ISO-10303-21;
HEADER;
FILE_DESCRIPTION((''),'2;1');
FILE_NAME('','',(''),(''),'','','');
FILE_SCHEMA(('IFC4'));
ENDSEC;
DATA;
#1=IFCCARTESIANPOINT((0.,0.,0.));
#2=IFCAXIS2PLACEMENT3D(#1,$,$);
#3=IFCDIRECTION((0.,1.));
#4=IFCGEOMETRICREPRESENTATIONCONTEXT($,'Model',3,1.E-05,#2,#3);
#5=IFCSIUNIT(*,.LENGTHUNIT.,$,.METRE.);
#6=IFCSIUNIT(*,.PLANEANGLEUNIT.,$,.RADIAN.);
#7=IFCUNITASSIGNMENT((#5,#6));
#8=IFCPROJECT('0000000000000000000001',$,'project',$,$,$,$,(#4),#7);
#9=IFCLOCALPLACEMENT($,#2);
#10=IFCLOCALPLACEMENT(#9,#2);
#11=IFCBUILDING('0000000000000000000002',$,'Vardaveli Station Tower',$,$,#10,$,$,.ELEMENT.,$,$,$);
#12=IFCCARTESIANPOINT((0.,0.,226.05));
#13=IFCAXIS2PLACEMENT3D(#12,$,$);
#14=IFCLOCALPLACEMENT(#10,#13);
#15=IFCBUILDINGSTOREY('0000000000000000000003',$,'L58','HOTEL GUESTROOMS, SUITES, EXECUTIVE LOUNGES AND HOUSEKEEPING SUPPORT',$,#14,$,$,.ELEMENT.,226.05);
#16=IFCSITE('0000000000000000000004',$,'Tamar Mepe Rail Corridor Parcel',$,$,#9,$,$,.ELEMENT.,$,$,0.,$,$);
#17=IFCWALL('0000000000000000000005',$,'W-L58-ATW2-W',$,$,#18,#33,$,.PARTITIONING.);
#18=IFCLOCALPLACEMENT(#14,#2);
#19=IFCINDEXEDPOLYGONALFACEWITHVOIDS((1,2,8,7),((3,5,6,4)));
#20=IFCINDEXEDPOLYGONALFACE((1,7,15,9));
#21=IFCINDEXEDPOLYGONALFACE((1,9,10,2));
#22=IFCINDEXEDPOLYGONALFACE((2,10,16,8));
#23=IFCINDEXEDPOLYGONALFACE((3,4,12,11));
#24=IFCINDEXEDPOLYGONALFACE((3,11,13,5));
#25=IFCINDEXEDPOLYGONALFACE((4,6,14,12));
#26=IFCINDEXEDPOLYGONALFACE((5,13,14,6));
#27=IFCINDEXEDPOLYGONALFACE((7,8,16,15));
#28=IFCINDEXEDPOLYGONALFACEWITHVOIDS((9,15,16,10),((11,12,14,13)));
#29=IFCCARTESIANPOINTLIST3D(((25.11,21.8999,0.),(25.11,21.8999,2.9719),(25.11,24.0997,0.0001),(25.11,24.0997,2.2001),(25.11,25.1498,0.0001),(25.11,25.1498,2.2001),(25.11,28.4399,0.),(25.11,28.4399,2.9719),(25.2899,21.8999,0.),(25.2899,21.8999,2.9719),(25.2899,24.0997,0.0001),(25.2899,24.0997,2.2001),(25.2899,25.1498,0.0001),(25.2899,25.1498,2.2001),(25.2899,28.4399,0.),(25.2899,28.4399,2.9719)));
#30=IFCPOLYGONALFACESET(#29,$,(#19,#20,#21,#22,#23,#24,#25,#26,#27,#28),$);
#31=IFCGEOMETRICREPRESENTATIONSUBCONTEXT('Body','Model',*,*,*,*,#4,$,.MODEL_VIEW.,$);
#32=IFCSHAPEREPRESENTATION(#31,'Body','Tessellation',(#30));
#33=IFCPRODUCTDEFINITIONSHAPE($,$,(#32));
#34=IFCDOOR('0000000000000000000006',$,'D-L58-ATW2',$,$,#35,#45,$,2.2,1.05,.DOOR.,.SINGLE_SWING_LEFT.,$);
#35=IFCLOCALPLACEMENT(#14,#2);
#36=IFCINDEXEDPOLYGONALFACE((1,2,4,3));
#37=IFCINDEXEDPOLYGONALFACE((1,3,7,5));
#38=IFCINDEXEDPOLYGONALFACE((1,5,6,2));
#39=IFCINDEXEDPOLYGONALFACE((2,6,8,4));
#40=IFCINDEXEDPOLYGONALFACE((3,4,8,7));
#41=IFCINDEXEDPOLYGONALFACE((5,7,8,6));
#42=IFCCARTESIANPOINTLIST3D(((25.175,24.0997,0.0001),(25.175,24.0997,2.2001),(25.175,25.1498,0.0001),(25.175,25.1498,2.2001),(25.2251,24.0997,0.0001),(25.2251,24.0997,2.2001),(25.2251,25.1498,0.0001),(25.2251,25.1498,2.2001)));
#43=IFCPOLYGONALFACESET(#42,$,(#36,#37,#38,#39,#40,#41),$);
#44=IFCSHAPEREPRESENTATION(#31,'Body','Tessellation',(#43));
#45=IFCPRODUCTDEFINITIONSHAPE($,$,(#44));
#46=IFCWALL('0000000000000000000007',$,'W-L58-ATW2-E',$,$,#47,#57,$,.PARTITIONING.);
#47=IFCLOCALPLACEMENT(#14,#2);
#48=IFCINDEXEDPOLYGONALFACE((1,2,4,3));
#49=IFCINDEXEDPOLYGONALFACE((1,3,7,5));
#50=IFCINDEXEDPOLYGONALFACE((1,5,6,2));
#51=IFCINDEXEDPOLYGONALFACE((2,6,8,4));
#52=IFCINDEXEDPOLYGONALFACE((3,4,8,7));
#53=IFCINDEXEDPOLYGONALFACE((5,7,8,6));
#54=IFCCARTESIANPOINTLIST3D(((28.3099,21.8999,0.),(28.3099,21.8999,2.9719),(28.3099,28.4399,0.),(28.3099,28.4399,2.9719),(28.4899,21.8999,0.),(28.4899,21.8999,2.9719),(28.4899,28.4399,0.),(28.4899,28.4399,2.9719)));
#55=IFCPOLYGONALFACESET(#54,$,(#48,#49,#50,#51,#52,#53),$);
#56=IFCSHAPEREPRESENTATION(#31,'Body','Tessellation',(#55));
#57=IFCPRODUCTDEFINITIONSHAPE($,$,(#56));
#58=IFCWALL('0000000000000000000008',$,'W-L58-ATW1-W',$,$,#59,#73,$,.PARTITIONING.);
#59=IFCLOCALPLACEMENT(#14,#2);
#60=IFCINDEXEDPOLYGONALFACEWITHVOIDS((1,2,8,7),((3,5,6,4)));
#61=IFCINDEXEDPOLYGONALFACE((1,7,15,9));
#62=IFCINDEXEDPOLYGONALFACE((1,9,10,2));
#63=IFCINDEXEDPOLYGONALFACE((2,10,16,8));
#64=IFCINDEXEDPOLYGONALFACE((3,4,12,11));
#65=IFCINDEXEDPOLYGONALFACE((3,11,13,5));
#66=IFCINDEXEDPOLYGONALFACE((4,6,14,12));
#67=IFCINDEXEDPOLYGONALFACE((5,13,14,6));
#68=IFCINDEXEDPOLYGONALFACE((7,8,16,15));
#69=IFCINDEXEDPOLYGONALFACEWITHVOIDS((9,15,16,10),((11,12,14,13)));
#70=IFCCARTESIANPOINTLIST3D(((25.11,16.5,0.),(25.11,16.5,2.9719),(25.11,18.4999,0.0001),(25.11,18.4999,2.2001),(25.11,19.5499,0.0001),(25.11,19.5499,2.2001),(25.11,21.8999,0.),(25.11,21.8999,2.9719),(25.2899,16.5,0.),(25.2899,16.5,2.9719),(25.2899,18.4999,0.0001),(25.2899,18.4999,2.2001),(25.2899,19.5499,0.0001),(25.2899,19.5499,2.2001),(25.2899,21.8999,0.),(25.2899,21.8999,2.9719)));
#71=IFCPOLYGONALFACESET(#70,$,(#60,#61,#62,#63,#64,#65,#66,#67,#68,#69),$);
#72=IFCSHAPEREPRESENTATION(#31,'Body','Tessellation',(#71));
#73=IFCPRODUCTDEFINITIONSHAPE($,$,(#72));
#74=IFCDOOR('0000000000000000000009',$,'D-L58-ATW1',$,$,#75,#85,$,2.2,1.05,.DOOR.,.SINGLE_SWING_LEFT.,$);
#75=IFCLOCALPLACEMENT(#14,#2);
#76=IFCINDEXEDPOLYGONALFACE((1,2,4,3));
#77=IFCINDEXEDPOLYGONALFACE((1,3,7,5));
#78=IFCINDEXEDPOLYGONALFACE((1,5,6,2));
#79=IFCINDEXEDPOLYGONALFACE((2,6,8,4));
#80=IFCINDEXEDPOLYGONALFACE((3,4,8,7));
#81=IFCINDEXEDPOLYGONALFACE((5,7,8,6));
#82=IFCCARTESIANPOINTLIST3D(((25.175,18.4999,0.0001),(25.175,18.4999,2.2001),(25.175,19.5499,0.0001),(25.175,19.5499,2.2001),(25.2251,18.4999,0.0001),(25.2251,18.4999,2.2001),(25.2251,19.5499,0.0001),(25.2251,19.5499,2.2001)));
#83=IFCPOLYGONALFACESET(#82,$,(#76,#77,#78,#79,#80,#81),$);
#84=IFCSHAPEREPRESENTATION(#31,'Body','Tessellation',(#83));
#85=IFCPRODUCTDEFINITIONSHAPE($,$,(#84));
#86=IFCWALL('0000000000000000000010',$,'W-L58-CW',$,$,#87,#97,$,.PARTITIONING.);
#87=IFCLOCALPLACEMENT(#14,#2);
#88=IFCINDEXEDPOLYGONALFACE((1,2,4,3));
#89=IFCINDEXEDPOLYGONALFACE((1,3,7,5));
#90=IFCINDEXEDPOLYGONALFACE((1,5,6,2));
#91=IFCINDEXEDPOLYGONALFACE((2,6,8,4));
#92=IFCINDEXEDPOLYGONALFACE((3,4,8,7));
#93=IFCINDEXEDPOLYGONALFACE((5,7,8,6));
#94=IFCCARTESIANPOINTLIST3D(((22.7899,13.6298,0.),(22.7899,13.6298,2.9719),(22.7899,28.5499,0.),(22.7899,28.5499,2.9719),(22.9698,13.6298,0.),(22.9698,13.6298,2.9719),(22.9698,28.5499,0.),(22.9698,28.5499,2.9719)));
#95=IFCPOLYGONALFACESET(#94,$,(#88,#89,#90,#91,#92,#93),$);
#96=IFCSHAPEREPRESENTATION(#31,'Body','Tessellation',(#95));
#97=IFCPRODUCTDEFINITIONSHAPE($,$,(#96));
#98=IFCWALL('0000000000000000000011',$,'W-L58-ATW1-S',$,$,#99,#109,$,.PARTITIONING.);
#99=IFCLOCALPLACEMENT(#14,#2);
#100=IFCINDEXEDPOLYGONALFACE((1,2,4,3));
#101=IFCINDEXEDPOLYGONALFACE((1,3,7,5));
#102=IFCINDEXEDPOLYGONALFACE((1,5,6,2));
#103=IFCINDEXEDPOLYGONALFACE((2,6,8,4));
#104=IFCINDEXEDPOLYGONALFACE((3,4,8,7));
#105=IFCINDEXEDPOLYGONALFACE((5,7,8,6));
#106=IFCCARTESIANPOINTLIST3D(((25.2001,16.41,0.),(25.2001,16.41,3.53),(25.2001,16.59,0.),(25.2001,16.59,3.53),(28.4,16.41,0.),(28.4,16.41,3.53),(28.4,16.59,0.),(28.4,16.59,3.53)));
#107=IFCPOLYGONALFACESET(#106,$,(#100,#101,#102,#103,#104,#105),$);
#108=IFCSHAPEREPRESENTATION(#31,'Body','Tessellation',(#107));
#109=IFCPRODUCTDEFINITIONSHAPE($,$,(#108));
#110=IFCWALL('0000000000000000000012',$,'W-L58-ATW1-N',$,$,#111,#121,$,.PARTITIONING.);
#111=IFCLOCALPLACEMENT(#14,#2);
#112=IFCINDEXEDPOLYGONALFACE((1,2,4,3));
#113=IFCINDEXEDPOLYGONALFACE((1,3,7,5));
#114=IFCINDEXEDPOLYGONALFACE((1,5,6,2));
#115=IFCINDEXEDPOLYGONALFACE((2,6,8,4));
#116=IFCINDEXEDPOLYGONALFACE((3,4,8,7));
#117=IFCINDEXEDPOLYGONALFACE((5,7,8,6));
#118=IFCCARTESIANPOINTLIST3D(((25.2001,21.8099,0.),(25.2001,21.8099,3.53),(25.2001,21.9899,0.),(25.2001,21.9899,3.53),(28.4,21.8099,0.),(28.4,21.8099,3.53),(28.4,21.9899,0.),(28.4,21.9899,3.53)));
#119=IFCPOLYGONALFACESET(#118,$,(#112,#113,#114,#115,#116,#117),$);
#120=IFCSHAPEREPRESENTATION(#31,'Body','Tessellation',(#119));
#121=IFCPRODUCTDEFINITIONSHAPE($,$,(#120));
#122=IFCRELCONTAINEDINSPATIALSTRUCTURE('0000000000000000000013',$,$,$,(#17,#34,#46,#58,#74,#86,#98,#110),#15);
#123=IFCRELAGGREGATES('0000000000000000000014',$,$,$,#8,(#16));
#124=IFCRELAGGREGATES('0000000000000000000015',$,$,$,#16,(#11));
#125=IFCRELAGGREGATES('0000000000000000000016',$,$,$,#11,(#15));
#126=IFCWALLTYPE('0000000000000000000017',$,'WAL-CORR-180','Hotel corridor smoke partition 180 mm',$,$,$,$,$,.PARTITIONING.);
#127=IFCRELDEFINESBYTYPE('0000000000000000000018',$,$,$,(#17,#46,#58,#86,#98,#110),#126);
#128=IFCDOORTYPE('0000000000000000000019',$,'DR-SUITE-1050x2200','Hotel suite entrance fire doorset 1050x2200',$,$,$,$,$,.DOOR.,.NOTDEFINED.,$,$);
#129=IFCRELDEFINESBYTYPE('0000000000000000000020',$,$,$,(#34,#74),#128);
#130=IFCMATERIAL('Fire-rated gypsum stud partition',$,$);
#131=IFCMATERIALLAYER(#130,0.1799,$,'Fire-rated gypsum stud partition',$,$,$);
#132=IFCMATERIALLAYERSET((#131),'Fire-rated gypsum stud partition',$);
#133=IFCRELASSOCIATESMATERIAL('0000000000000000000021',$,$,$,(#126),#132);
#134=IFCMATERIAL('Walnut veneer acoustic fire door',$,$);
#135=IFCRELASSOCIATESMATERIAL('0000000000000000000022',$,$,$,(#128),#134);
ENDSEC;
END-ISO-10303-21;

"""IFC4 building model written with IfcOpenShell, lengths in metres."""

from ifc_helpers import new_model, si_unit, direction, frame, frame_2d, origin, place, context, subcontext, project, spatial, rectangle, extrude, source, transform, mapped, material, layer, layer_set, type_object, element, fill, save


model = new_model("IFC4")

# Units and contexts
model_context = context("Model", 3, precision=1e-05, world=origin(), true_north=direction((0.0, 1.0)))
body_context = subcontext(model_context, "Body", "Model", "MODEL_VIEW")
ifc_project = project(units=[si_unit("LENGTHUNIT", "METRE"), si_unit("PLANEANGLEUNIT", "RADIAN")], contexts=[model_context])

# Site, building, storey
site_placement = place(None, origin())
site = spatial("IfcSite", under=ifc_project, at=site_placement, Name="Tamar Mepe Rail Corridor Parcel", CompositionType="ELEMENT", RefElevation=0.0)
building_placement = place(site_placement, origin())
building = spatial("IfcBuilding", under=site, at=building_placement, Name="Vardaveli Station Tower", CompositionType="ELEMENT")
storey_placement = place(building_placement, frame((0.0, 0.0, 226.05)))
storey = spatial("IfcBuildingStorey", under=building, at=storey_placement, Name="L58", Description="HOTEL GUESTROOMS, SUITES, EXECUTIVE LOUNGES AND HOUSEKEEPING SUPPORT", CompositionType="ELEMENT", Elevation=226.05)

# Wall, opening, door
ifc_material_1 = material(Name="Fire-rated gypsum stud partition")
ifc_layer_1 = layer(ifc_material_1, 0.1799, Name="Fire-rated gypsum stud partition")
ifc_layer_set_1 = layer_set([ifc_layer_1], Name="Fire-rated gypsum stud partition")
wall_type_1 = type_object("IfcWallType", Name="WAL-CORR-180", Description="Hotel corridor smoke partition 180 mm", PredefinedType="PARTITIONING", material=ifc_layer_set_1)
shared_shape_1 = source(origin(), body_context, "Body", "SweptSolid", [
    extrude(rectangle(XDim=6.54, YDim=0.1799, at=frame_2d((3.27, 0.0))), origin(), (0.0, 0.0, 1.0), 2.9719),
])
wall_1_placement = place(storey_placement, frame((25.2, 21.8999, 0.0), z_axis=(0.0, 0.0, 1.0), x_axis=(0.0, 1.0, 0.0)))
wall_1 = element("IfcWall", 1, at=wall_1_placement, inside=storey, type_object=wall_type_1, Name="W-L58-ATW2-W", PredefinedType="PARTITIONING", context=body_context, shape_type="MappedRepresentation", body=[
    mapped(shared_shape_1, transform((0.0, 0.0, 0.0), scale=1.0)),
])
shared_shape_2 = source(origin(), body_context, "Body", "SweptSolid", [
    extrude(rectangle(XDim=1.05, YDim=2.2, at=frame_2d((0.5249, 1.1001))), frame((0.0, 0.1001, 0.0), z_axis=(0.0, -1.0, 0.0), x_axis=(1.0, 0.0, 0.0)), (0.0, 0.0, 1.0), 0.2),
])
opening_1_placement = place(wall_1_placement, frame((2.2, 0.0, 0.0)))
opening_1 = element("IfcOpeningElement", 2, at=opening_1_placement, cuts=wall_1, PredefinedType="OPENING", context=body_context, shape_type="MappedRepresentation", body=[
    mapped(shared_shape_2, transform((0.0, 0.0, 0.0), scale=1.0)),
])
ifc_material_2 = material(Name="Walnut veneer acoustic fire door")
door_type = type_object("IfcDoorType", Name="DR-SUITE-1050x2200", Description="Hotel suite entrance fire doorset 1050x2200", OperationType="NOTDEFINED", PredefinedType="DOOR", material=ifc_material_2)
shared_shape_3 = source(origin(), body_context, "Body", "SweptSolid", [
    extrude(rectangle(XDim=1.05, YDim=2.2, at=frame_2d((0.5249, 1.1001))), frame((0.0, 0.0249, 0.0), z_axis=(0.0, -1.0, 0.0), x_axis=(1.0, 0.0, 0.0)), (0.0, 0.0, 1.0), 0.05),
])
door_1_placement = place(opening_1_placement, origin())
door_1 = element("IfcDoor", 3, at=door_1_placement, inside=storey, type_object=door_type, Name="D-L58-ATW2", OperationType="SINGLE_SWING_LEFT", OverallHeight=2.2, OverallWidth=1.05, PredefinedType="DOOR", context=body_context, shape_type="MappedRepresentation", body=[
    mapped(shared_shape_3, transform((0.0, 0.0, 0.0), scale=1.0)),
])
fill(opening_1, door_1)

# Wall
wall_2_placement = place(storey_placement, frame((28.3999, 21.8999, 0.0), z_axis=(0.0, 0.0, 1.0), x_axis=(0.0, 1.0, 0.0)))
element("IfcWall", 4, at=wall_2_placement, inside=storey, type_object=wall_type_1, Name="W-L58-ATW2-E", PredefinedType="PARTITIONING", context=body_context, shape_type="MappedRepresentation", body=[
    mapped(shared_shape_1, transform((0.0, 0.0, 0.0), scale=1.0)),
])

# Wall, opening, door
shared_shape_4 = source(origin(), body_context, "Body", "SweptSolid", [
    extrude(rectangle(XDim=5.3999, YDim=0.1799, at=frame_2d((2.7, 0.0))), origin(), (0.0, 0.0, 1.0), 2.9719),
])
wall_3_placement = place(storey_placement, frame((25.2, 16.5, 0.0), z_axis=(0.0, 0.0, 1.0), x_axis=(0.0, 1.0, 0.0)))
wall_3 = element("IfcWall", 5, at=wall_3_placement, inside=storey, type_object=wall_type_1, Name="W-L58-ATW1-W", PredefinedType="PARTITIONING", context=body_context, shape_type="MappedRepresentation", body=[
    mapped(shared_shape_4, transform((0.0, 0.0, 0.0), scale=1.0)),
])
opening_2_placement = place(wall_3_placement, frame((2.0, 0.0, 0.0)))
opening_2 = element("IfcOpeningElement", 6, at=opening_2_placement, cuts=wall_3, PredefinedType="OPENING", context=body_context, shape_type="MappedRepresentation", body=[
    mapped(shared_shape_2, transform((0.0, 0.0, 0.0), scale=1.0)),
])
door_2_placement = place(opening_2_placement, origin())
door_2 = element("IfcDoor", 7, at=door_2_placement, inside=storey, type_object=door_type, Name="D-L58-ATW1", OperationType="SINGLE_SWING_LEFT", OverallHeight=2.2, OverallWidth=1.05, PredefinedType="DOOR", context=body_context, shape_type="MappedRepresentation", body=[
    mapped(shared_shape_3, transform((0.0, 0.0, 0.0), scale=1.0)),
])
fill(opening_2, door_2)

# Walls
shared_shape_5 = source(origin(), body_context, "Body", "SweptSolid", [
    extrude(rectangle(XDim=14.9202, YDim=0.1799, at=frame_2d((7.46, 0.0))), origin(), (0.0, 0.0, 1.0), 2.9719),
])
wall_4_placement = place(storey_placement, frame((22.8799, 13.6299, 0.0), z_axis=(0.0, 0.0, 1.0), x_axis=(0.0, 1.0, 0.0)))
element("IfcWall", 8, at=wall_4_placement, inside=storey, type_object=wall_type_1, Name="W-L58-CW", PredefinedType="PARTITIONING", context=body_context, shape_type="MappedRepresentation", body=[
    mapped(shared_shape_5, transform((0.0, 0.0, 0.0), scale=1.0)),
])
shared_shape_6 = source(origin(), body_context, "Body", "SweptSolid", [
    extrude(rectangle(XDim=3.2, YDim=0.1799, at=frame_2d((1.6001, 0.0))), origin(), (0.0, 0.0, 1.0), 3.53),
])
for number, where, z_axis, x_axis, name in (
    (9, (25.2, 16.5, 0.0), (0.0, 0.0, 1.0), (1.0, 0.0, 0.0), "W-L58-ATW1-S"),
    (10, (25.2, 21.8999, 0.0), (0.0, 0.0, 1.0), (1.0, 0.0, 0.0), "W-L58-ATW1-N"),
):
    element("IfcWall", number, at=place(storey_placement, frame(where, z_axis=z_axis, x_axis=x_axis)), inside=storey, type_object=wall_type_1, Name=name, PredefinedType="PARTITIONING", context=body_context, shape_type="MappedRepresentation", body=[
        mapped(shared_shape_6, transform((0.0, 0.0, 0.0), scale=1.0)),
    ])

save(model, "model.ifc")
